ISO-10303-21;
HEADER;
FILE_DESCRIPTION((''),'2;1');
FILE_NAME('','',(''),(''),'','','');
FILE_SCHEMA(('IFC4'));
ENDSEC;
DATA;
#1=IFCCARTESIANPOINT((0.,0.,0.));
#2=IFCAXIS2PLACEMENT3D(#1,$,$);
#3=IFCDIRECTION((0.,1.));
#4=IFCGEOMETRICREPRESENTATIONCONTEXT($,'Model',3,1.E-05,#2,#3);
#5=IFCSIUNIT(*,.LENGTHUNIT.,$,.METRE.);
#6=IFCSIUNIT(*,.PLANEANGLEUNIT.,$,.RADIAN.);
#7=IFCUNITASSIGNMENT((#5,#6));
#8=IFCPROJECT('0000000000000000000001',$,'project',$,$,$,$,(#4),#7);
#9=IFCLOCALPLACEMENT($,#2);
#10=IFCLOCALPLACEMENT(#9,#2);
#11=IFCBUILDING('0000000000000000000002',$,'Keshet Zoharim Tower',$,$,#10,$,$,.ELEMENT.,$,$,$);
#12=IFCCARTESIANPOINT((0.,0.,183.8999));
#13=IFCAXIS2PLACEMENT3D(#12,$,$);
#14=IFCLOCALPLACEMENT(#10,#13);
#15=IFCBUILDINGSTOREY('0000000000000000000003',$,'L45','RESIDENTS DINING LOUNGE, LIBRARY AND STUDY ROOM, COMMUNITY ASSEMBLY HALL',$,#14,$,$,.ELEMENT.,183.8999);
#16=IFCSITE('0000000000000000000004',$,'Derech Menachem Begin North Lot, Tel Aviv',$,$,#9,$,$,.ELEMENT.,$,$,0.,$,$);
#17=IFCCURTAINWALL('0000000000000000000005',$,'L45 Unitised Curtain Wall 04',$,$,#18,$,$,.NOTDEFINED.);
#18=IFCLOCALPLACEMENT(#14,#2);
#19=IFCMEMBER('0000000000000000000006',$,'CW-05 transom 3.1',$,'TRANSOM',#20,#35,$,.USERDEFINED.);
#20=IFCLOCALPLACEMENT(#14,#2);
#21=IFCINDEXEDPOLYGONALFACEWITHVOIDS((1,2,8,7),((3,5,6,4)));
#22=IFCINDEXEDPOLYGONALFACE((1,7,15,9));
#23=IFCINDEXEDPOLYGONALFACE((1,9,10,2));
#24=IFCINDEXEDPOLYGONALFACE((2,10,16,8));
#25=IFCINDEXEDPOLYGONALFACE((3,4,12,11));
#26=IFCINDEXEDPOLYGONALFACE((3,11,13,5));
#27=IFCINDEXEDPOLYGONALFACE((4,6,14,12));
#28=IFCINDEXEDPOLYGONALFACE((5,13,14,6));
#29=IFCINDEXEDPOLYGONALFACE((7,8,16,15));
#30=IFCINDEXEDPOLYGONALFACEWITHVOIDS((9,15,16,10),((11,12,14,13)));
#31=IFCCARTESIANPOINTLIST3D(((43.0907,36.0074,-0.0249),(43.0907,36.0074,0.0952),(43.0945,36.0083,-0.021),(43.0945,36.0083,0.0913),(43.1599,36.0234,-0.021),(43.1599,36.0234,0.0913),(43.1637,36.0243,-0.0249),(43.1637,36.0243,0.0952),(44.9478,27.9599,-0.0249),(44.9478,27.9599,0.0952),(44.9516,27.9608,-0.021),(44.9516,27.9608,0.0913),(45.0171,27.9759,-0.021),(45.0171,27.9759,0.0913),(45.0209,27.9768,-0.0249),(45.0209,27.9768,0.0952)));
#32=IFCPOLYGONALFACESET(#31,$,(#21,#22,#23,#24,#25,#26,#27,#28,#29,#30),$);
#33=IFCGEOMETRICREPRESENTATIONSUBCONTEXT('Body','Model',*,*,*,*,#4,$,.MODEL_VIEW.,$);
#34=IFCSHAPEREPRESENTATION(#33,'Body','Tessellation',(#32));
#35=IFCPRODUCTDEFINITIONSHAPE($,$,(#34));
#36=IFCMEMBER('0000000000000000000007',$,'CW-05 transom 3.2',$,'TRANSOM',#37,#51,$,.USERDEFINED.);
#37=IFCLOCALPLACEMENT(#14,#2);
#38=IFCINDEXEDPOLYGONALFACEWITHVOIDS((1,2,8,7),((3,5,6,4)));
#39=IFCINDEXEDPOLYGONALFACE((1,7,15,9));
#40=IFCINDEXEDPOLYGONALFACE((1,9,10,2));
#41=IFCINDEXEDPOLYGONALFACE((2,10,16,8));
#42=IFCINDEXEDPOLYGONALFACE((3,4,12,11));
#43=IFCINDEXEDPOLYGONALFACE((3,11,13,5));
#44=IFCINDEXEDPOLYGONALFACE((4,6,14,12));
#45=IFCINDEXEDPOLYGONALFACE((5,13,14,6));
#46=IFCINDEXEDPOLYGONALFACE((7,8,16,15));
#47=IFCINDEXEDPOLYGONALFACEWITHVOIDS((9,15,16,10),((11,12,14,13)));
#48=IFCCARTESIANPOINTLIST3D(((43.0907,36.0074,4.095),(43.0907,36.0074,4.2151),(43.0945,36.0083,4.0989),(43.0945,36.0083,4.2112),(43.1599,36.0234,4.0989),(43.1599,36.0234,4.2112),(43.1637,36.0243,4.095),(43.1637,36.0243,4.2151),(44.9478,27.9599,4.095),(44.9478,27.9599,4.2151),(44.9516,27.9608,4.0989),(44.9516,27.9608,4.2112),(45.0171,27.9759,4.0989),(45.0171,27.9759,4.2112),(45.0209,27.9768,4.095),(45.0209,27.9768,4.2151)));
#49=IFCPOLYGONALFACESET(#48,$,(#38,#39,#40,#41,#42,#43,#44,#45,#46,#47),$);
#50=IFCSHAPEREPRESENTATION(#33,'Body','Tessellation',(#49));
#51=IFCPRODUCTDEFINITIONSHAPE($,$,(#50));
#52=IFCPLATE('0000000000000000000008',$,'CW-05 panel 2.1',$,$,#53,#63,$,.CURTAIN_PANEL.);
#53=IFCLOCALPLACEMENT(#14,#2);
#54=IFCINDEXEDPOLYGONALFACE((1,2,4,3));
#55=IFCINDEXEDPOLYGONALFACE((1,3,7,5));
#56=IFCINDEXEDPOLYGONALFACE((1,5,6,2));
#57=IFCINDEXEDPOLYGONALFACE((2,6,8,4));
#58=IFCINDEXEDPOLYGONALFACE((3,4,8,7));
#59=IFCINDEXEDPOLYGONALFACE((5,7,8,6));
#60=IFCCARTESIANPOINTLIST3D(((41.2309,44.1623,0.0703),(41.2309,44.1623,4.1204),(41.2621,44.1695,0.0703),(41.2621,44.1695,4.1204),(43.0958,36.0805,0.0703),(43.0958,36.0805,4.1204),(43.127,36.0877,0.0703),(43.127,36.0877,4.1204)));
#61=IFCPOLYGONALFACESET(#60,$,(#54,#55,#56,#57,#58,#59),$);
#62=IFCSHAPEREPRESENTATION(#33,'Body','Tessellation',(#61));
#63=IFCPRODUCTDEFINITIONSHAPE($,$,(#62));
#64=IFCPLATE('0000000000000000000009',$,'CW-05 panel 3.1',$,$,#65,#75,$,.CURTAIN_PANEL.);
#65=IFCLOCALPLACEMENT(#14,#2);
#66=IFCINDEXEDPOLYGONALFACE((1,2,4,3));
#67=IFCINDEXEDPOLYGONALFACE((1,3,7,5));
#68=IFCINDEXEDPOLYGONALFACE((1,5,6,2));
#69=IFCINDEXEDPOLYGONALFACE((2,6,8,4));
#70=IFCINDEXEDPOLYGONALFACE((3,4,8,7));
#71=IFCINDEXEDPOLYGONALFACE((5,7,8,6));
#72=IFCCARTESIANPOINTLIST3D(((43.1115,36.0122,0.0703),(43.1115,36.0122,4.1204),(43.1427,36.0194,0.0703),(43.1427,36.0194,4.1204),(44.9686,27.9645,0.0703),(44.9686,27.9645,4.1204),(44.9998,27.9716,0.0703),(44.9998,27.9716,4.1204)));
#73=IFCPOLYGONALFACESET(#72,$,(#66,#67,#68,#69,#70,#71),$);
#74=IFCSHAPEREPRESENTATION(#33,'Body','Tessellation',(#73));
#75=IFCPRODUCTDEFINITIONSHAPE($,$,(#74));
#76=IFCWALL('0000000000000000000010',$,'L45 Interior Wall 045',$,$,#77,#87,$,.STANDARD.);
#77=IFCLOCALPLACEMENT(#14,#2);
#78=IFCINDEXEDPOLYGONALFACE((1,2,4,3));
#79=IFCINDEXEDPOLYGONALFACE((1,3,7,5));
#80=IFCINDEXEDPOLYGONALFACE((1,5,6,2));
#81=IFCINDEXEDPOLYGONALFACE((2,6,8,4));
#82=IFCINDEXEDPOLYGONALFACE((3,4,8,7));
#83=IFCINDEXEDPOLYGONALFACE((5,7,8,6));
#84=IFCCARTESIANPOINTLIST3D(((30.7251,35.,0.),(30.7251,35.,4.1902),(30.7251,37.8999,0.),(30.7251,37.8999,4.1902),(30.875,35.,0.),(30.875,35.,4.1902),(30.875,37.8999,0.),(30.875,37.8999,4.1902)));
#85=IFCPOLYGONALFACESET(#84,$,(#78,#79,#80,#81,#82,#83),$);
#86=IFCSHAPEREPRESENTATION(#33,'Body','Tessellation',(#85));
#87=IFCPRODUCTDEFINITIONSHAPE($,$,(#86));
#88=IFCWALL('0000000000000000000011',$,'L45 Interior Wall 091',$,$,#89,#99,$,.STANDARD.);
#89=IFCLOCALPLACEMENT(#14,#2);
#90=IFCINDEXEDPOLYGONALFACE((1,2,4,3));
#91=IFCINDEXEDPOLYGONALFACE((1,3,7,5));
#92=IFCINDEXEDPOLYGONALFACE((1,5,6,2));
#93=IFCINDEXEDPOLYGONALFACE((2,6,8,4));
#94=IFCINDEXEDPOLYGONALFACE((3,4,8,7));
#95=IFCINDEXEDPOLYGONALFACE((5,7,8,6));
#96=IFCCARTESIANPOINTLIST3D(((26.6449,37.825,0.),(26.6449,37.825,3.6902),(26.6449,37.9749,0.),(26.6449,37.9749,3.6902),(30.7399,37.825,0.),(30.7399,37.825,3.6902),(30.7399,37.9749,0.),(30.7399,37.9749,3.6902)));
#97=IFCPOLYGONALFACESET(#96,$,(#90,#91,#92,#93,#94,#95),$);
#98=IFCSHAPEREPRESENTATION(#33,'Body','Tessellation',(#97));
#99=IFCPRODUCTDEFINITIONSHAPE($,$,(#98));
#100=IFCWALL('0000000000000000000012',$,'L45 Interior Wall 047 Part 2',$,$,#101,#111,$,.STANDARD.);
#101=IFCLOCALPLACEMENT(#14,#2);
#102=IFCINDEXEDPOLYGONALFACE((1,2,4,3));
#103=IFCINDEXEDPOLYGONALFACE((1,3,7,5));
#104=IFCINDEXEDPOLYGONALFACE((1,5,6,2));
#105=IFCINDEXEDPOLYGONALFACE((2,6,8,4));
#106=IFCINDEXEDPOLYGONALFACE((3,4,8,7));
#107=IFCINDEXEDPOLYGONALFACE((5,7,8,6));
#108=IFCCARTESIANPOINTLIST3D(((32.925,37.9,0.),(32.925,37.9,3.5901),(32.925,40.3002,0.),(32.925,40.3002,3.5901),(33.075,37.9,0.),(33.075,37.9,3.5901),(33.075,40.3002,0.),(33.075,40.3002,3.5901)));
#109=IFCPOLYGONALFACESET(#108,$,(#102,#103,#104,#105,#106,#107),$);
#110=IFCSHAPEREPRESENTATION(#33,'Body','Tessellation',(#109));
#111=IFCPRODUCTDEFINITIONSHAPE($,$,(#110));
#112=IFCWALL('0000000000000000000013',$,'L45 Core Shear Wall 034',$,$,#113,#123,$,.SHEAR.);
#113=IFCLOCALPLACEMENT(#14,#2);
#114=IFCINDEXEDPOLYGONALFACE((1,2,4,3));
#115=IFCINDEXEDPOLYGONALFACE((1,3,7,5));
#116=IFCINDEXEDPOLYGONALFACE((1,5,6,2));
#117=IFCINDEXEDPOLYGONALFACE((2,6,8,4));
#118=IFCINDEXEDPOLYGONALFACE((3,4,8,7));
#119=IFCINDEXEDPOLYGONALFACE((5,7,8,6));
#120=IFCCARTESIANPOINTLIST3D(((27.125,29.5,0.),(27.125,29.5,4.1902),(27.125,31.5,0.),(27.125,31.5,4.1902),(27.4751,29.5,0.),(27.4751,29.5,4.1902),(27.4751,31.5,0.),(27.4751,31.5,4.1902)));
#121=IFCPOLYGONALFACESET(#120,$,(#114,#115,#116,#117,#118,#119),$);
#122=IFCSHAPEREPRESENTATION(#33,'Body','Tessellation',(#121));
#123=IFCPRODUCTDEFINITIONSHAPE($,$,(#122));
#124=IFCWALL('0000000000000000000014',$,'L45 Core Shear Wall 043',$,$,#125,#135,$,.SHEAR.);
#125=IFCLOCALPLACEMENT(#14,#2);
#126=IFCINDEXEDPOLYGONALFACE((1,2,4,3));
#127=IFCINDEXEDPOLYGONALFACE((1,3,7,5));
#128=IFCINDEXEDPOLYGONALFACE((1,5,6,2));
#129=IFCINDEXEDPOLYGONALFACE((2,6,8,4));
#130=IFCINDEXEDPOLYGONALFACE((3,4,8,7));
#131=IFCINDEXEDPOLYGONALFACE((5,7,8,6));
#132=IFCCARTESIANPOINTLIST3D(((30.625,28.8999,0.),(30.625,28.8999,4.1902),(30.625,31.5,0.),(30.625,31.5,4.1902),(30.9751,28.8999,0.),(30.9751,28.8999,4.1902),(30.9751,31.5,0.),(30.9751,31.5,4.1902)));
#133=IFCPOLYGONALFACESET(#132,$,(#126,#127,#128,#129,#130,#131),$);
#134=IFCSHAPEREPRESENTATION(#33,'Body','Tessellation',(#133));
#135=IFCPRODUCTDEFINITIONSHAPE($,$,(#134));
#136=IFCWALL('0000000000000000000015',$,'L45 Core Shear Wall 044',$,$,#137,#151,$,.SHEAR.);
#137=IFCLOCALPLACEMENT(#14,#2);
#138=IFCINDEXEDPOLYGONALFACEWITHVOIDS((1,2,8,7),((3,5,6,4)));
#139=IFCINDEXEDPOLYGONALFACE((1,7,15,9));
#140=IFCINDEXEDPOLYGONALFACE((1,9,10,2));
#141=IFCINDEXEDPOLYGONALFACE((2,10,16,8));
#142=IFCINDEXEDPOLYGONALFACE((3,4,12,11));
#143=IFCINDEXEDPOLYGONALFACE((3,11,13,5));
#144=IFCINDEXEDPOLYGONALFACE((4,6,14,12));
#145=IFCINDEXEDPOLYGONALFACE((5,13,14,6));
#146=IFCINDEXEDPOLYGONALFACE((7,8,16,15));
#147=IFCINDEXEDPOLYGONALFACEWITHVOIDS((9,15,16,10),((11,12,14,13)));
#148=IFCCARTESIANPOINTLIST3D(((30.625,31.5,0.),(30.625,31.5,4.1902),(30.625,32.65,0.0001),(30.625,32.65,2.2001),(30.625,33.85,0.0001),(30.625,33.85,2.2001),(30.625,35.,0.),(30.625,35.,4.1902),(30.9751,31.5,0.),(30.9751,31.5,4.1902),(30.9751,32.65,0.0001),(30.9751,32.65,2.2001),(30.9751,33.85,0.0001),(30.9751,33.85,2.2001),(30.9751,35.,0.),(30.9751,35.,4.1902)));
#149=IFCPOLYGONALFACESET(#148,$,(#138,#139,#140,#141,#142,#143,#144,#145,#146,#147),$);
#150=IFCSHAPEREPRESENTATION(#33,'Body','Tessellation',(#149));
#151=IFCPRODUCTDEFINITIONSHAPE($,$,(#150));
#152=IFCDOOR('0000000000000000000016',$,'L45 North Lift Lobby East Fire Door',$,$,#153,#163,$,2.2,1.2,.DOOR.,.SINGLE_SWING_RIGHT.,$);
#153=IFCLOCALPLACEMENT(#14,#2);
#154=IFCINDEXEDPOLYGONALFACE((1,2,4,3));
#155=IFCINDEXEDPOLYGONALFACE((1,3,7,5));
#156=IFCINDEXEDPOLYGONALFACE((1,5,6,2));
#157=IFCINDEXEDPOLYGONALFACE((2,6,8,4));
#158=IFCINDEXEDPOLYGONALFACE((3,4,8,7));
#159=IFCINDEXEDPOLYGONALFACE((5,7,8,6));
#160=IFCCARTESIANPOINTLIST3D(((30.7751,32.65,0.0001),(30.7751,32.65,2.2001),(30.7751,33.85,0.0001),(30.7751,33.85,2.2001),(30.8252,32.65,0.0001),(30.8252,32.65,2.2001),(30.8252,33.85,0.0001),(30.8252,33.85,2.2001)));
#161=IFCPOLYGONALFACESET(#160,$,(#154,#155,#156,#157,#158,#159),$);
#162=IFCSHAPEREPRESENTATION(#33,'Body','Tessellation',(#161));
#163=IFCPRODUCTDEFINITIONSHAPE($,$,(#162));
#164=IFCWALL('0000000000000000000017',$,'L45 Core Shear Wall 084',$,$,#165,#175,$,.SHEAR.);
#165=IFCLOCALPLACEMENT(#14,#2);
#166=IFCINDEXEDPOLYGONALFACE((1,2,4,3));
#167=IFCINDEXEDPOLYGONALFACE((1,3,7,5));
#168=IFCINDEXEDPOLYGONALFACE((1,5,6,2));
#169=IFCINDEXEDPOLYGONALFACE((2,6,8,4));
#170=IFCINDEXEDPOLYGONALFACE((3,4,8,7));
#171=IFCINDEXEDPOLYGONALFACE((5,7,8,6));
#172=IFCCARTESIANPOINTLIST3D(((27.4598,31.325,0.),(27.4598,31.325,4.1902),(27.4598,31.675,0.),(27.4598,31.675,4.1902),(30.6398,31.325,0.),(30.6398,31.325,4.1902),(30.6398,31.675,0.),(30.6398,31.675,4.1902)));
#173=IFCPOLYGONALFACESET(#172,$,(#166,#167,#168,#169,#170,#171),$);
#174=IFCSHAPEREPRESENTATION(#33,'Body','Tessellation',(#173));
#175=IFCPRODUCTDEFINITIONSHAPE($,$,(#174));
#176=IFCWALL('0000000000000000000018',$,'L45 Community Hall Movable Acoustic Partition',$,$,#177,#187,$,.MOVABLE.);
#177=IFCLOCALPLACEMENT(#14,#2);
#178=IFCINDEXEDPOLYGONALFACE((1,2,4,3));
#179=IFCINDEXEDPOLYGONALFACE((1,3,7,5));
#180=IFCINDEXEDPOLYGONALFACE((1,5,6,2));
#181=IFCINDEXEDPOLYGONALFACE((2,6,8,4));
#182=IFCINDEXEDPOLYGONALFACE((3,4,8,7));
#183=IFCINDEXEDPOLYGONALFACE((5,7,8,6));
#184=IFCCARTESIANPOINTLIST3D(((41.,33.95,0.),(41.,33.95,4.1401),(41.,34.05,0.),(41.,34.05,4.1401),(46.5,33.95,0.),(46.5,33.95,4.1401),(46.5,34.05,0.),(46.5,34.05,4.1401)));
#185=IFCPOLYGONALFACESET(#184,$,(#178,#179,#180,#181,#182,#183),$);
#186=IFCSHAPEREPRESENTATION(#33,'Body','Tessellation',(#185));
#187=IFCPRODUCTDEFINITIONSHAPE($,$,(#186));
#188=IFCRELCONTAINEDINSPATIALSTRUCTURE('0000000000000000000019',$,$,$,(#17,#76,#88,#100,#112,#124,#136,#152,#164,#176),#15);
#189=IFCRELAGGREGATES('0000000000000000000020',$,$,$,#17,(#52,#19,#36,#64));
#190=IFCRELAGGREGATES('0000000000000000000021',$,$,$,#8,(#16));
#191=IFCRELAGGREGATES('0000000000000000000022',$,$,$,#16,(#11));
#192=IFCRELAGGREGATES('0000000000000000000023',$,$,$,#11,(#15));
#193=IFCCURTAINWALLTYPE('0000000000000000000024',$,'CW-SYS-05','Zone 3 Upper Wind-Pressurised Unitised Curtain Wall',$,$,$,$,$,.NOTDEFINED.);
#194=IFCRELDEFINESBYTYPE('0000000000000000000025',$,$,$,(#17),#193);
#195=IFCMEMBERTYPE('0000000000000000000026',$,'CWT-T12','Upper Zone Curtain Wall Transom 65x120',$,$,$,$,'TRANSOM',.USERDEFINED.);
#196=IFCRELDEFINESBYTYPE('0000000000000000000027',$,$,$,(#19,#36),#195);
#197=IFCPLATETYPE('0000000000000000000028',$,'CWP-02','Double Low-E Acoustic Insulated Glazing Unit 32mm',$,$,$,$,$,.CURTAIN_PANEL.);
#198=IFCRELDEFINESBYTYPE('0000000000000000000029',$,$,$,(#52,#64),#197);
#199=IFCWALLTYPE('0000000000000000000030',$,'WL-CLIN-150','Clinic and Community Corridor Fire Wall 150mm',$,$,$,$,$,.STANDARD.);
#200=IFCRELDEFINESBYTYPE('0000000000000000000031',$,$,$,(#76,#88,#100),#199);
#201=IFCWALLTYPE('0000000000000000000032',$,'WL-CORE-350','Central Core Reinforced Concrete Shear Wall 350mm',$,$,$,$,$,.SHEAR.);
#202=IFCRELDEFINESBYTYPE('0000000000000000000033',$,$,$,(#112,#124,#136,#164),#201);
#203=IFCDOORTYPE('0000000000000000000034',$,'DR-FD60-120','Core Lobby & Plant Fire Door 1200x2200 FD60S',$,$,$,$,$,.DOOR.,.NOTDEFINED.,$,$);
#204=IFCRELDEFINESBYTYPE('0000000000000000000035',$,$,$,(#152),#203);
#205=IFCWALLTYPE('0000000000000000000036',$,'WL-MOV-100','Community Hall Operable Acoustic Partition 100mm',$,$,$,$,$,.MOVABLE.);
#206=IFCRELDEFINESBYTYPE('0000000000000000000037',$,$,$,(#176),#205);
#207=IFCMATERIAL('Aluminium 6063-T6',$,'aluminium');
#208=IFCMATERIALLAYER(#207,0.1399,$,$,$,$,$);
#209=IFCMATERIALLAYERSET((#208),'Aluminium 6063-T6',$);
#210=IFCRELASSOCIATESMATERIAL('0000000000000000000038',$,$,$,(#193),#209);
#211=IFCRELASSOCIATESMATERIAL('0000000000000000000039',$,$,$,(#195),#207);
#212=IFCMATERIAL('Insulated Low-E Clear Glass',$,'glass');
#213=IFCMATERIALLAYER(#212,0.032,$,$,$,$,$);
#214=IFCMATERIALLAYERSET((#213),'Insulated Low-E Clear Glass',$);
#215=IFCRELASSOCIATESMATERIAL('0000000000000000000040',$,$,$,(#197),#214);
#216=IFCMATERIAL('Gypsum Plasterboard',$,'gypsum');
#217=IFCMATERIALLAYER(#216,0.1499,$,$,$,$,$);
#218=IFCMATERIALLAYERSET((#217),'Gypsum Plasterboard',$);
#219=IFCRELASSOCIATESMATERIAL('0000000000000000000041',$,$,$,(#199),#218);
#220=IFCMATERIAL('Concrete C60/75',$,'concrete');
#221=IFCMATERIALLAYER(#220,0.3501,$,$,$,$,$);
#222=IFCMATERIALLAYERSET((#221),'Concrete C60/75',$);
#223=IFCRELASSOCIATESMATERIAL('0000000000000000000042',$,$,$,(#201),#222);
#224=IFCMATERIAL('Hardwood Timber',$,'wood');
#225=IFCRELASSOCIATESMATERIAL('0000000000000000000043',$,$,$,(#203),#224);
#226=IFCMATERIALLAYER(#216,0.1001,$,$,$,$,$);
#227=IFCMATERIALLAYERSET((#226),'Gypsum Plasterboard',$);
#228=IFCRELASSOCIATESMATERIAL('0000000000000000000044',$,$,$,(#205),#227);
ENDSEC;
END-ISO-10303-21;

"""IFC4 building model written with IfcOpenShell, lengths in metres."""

from ifc_helpers import new_model, si_unit, direction, frame, frame_2d, origin, origin_2d, place, context, subcontext, project, spatial, rectangle, hollow_rectangle, extrude, material, layer, layer_set, material_profile, profile_set, type_object, element, fill, aggregate, save


model = new_model("IFC4")

# Units and contexts
model_context = context("Model", 3, precision=1e-05, world=origin(), true_north=direction((0.0, 1.0)))
body_context = subcontext(model_context, "Body", "Model", "MODEL_VIEW")
ifc_project = project(units=[si_unit("LENGTHUNIT", "METRE"), si_unit("PLANEANGLEUNIT", "RADIAN")], contexts=[model_context])

# Site, building, storey
site_placement = place(None, origin())
site = spatial("IfcSite", under=ifc_project, at=site_placement, Name="Derech Menachem Begin North Lot, Tel Aviv", CompositionType="ELEMENT", RefElevation=0.0)
building_placement = place(site_placement, origin())
building = spatial("IfcBuilding", under=site, at=building_placement, Name="Keshet Zoharim Tower", CompositionType="ELEMENT")
storey_placement = place(building_placement, frame((0.0, 0.0, 183.8999)))
storey = spatial("IfcBuildingStorey", under=building, at=storey_placement, Name="L45", Description="RESIDENTS DINING LOUNGE, LIBRARY AND STUDY ROOM, COMMUNITY ASSEMBLY HALL", CompositionType="ELEMENT", Elevation=183.8999)

# Shared definitions
ifc_material_1 = material(Name="Concrete C60/75", Category="concrete")

# Curtain wall, members, plates
ifc_material_2 = material(Name="Aluminium 6063-T6", Category="aluminium")
ifc_layer_1 = layer(ifc_material_2, 0.1399)
ifc_layer_set_1 = layer_set([ifc_layer_1], Name="Aluminium 6063-T6")
curtain_wall_type = type_object("IfcCurtainWallType", Name="CW-SYS-05", Description="Zone 3 Upper Wind-Pressurised Unitised Curtain Wall", PredefinedType="NOTDEFINED", material=ifc_layer_set_1)
curtain_wall_placement = place(storey_placement, origin())
curtain_wall = element("IfcCurtainWall", 1, at=curtain_wall_placement, inside=storey, type_object=curtain_wall_type, Name="L45 Unitised Curtain Wall 04", PredefinedType="NOTDEFINED")
ifc_material_profile_1 = material_profile(ifc_material_2, hollow_rectangle(XDim=0.075, YDim=0.1201, WallThickness=0.0039, at=origin_2d()), Name="TRN-75x120")
ifc_profile_set_1 = profile_set([ifc_material_profile_1], Name="Aluminium 6063-T6")
member_type_1 = type_object("IfcMemberType", Name="CWT-T12", Description="Upper Zone Curtain Wall Transom 65x120", ElementType="TRANSOM", PredefinedType="USERDEFINED", material=ifc_profile_set_1)
member_1_placement = place(storey_placement, frame((43.1272, 36.0159, 0.0352), z_axis=(0.224864, -0.97439, 0.0), x_axis=(0.97439, 0.224864, 0.0)))
member_1 = element("IfcMember", 2, at=member_1_placement, type_object=member_type_1, Name="CW-05 transom 3.1", ObjectType="TRANSOM", PredefinedType="USERDEFINED", context=body_context, shape_type="SweptSolid", body=[
    extrude(hollow_rectangle(XDim=0.075, YDim=0.1201, WallThickness=0.0039, at=origin_2d()), origin(), (0.0, 0.0, 1.0), 8.259),
])
member_2_placement = place(storey_placement, frame((43.1272, 36.0159, 4.155), z_axis=(0.224864, -0.97439, 0.0), x_axis=(0.97439, 0.224864, 0.0)))
member_2 = element("IfcMember", 3, at=member_2_placement, type_object=member_type_1, Name="CW-05 transom 3.2", ObjectType="TRANSOM", PredefinedType="USERDEFINED", context=body_context, shape_type="SweptSolid", body=[
    extrude(hollow_rectangle(XDim=0.075, YDim=0.1201, WallThickness=0.0039, at=origin_2d()), origin(), (0.0, 0.0, 1.0), 8.259),
])
ifc_material_3 = material(Name="Insulated Low-E Clear Glass", Category="glass")
ifc_layer_2 = layer(ifc_material_3, 0.032)
ifc_layer_set_2 = layer_set([ifc_layer_2], Name="Insulated Low-E Clear Glass")
plate_type = type_object("IfcPlateType", Name="CWP-02", Description="Double Low-E Acoustic Insulated Glazing Unit 32mm", PredefinedType="CURTAIN_PANEL", material=ifc_layer_set_2)
plate_1_placement = place(storey_placement, frame((42.179, 40.125, 0.0703), z_axis=(0.0, 0.0, 1.0), x_axis=(0.224848, -0.974394, 0.0)))
plate_1 = element("IfcPlate", 4, at=plate_1_placement, type_object=plate_type, Name="CW-05 panel 2.1", PredefinedType="CURTAIN_PANEL", context=body_context, shape_type="SweptSolid", body=[
    extrude(rectangle(XDim=8.2942, YDim=0.032, at=origin_2d()), origin(), (0.0, 0.0, 1.0), 4.05),
])
plate_2_placement = place(storey_placement, frame((44.0557, 31.9919, 0.0703), z_axis=(0.0, 0.0, 1.0), x_axis=(0.224848, -0.974394, 0.0)))
plate_2 = element("IfcPlate", 5, at=plate_2_placement, type_object=plate_type, Name="CW-05 panel 3.1", PredefinedType="CURTAIN_PANEL", context=body_context, shape_type="SweptSolid", body=[
    extrude(rectangle(XDim=8.2593, YDim=0.032, at=origin_2d()), origin(), (0.0, 0.0, 1.0), 4.05),
])
aggregate(curtain_wall, [plate_1, member_1, member_2, plate_2])

# Walls
ifc_material_4 = material(Name="Gypsum Plasterboard", Category="gypsum")
ifc_layer_3 = layer(ifc_material_4, 0.1499)
ifc_layer_set_3 = layer_set([ifc_layer_3], Name="Gypsum Plasterboard")
wall_type_1 = type_object("IfcWallType", Name="WL-CLIN-150", Description="Clinic and Community Corridor Fire Wall 150mm", PredefinedType="STANDARD", material=ifc_layer_set_3)
wall_1_placement = place(storey_placement, frame((30.8, 35.0, 0.0), z_axis=(0.0, 0.0, 1.0), x_axis=(0.0, 1.0, 0.0)))
element("IfcWall", 6, at=wall_1_placement, inside=storey, type_object=wall_type_1, Name="L45 Interior Wall 045", PredefinedType="STANDARD", context=body_context, shape_type="SweptSolid", body=[
    extrude(rectangle(XDim=2.8999, YDim=0.1499, at=frame_2d((1.45, 0.0))), origin(), (0.0, 0.0, 1.0), 4.1902),
])
wall_2_placement = place(storey_placement, frame((26.645, 37.8999, 0.0), z_axis=(0.0, 0.0, 1.0), x_axis=(1.0, 0.0, 0.0)))
element("IfcWall", 7, at=wall_2_placement, inside=storey, type_object=wall_type_1, Name="L45 Interior Wall 091", PredefinedType="STANDARD", context=body_context, shape_type="SweptSolid", body=[
    extrude(rectangle(XDim=4.095, YDim=0.1499, at=frame_2d((2.0474, 0.0))), origin(), (0.0, 0.0, 1.0), 3.6902),
])
wall_3_placement = place(storey_placement, frame((33.0, 37.8999, 0.0), z_axis=(0.0, 0.0, 1.0), x_axis=(0.0, 1.0, 0.0)))
element("IfcWall", 8, at=wall_3_placement, inside=storey, type_object=wall_type_1, Name="L45 Interior Wall 047 Part 2", PredefinedType="STANDARD", context=body_context, shape_type="SweptSolid", body=[
    extrude(rectangle(XDim=2.4001, YDim=0.1499, at=frame_2d((1.2002, 0.0))), origin(), (0.0, 0.0, 1.0), 3.5901),
])
ifc_layer_4 = layer(ifc_material_1, 0.3501)
ifc_layer_set_4 = layer_set([ifc_layer_4], Name="Concrete C60/75")
wall_type_2 = type_object("IfcWallType", Name="WL-CORE-350", Description="Central Core Reinforced Concrete Shear Wall 350mm", PredefinedType="SHEAR", material=ifc_layer_set_4)
wall_4_placement = place(storey_placement, frame((27.3, 29.5, 0.0), z_axis=(0.0, 0.0, 1.0), x_axis=(0.0, 1.0, 0.0)))
element("IfcWall", 9, at=wall_4_placement, inside=storey, type_object=wall_type_2, Name="L45 Core Shear Wall 034", PredefinedType="SHEAR", context=body_context, shape_type="SweptSolid", body=[
    extrude(rectangle(XDim=2.0, YDim=0.3501, at=frame_2d((1.0, 0.0))), origin(), (0.0, 0.0, 1.0), 4.1902),
])
wall_5_placement = place(storey_placement, frame((30.8, 28.8999, 0.0), z_axis=(0.0, 0.0, 1.0), x_axis=(0.0, 1.0, 0.0)))
element("IfcWall", 10, at=wall_5_placement, inside=storey, type_object=wall_type_2, Name="L45 Core Shear Wall 043", PredefinedType="SHEAR", context=body_context, shape_type="SweptSolid", body=[
    extrude(rectangle(XDim=2.6001, YDim=0.3501, at=frame_2d((1.3, 0.0))), origin(), (0.0, 0.0, 1.0), 4.1902),
])

# Wall, opening, door
wall_6_placement = place(storey_placement, frame((30.8, 31.5, 0.0), z_axis=(0.0, 0.0, 1.0), x_axis=(0.0, 1.0, 0.0)))
wall_6 = element("IfcWall", 11, at=wall_6_placement, inside=storey, type_object=wall_type_2, Name="L45 Core Shear Wall 044", PredefinedType="SHEAR", context=body_context, shape_type="SweptSolid", body=[
    extrude(rectangle(XDim=3.5, YDim=0.3501, at=frame_2d((1.75, 0.0))), origin(), (0.0, 0.0, 1.0), 4.1902),
])
opening_1_placement = place(wall_6_placement, frame((1.1499, 0.0, 0.0)))
opening_1 = element("IfcOpeningElement", 12, at=opening_1_placement, cuts=wall_6, PredefinedType="OPENING", context=body_context, shape_type="SweptSolid", body=[
    extrude(rectangle(XDim=1.2, YDim=2.2, at=frame_2d((0.6001, 1.1001))), frame((0.0, 0.1851, 0.0), z_axis=(0.0, -1.0, 0.0), x_axis=(1.0, 0.0, 0.0)), (0.0, 0.0, 1.0), 0.3701),
])
ifc_material_5 = material(Name="Hardwood Timber", Category="wood")
door_type_1 = type_object("IfcDoorType", Name="DR-FD60-120", Description="Core Lobby & Plant Fire Door 1200x2200 FD60S", OperationType="NOTDEFINED", PredefinedType="DOOR", material=ifc_material_5)
door_1_placement = place(opening_1_placement, origin())
door_1 = element("IfcDoor", 13, at=door_1_placement, inside=storey, type_object=door_type_1, Name="L45 North Lift Lobby East Fire Door", OperationType="SINGLE_SWING_RIGHT", OverallHeight=2.2, OverallWidth=1.2, PredefinedType="DOOR", context=body_context, shape_type="SweptSolid", body=[
    extrude(rectangle(XDim=1.2, YDim=2.2, at=frame_2d((0.6001, 1.1001))), frame((0.0, 0.0249, 0.0), z_axis=(0.0, -1.0, 0.0), x_axis=(1.0, 0.0, 0.0)), (0.0, 0.0, 1.0), 0.05),
])
fill(opening_1, door_1)

# Wall
wall_7_placement = place(storey_placement, frame((27.46, 31.5, 0.0), z_axis=(0.0, 0.0, 1.0), x_axis=(1.0, 0.0, 0.0)))
element("IfcWall", 14, at=wall_7_placement, inside=storey, type_object=wall_type_2, Name="L45 Core Shear Wall 084", PredefinedType="SHEAR", context=body_context, shape_type="SweptSolid", body=[
    extrude(rectangle(XDim=3.1799, YDim=0.3501, at=frame_2d((1.5898, 0.0))), origin(), (0.0, 0.0, 1.0), 4.1902),
])

# Wall
ifc_layer_5 = layer(ifc_material_4, 0.1001)
ifc_layer_set_5 = layer_set([ifc_layer_5], Name="Gypsum Plasterboard")
wall_type_3 = type_object("IfcWallType", Name="WL-MOV-100", Description="Community Hall Operable Acoustic Partition 100mm", PredefinedType="MOVABLE", material=ifc_layer_set_5)
wall_8_placement = place(storey_placement, frame((41.0, 34.0, 0.0), z_axis=(0.0, 0.0, 1.0), x_axis=(1.0, 0.0, 0.0)))
element("IfcWall", 15, at=wall_8_placement, inside=storey, type_object=wall_type_3, Name="L45 Community Hall Movable Acoustic Partition", PredefinedType="MOVABLE", context=body_context, shape_type="SweptSolid", body=[
    extrude(rectangle(XDim=5.5, YDim=0.1001, at=frame_2d((2.75, 0.0))), origin(), (0.0, 0.0, 1.0), 4.1401),
])

save(model, "model.ifc")
